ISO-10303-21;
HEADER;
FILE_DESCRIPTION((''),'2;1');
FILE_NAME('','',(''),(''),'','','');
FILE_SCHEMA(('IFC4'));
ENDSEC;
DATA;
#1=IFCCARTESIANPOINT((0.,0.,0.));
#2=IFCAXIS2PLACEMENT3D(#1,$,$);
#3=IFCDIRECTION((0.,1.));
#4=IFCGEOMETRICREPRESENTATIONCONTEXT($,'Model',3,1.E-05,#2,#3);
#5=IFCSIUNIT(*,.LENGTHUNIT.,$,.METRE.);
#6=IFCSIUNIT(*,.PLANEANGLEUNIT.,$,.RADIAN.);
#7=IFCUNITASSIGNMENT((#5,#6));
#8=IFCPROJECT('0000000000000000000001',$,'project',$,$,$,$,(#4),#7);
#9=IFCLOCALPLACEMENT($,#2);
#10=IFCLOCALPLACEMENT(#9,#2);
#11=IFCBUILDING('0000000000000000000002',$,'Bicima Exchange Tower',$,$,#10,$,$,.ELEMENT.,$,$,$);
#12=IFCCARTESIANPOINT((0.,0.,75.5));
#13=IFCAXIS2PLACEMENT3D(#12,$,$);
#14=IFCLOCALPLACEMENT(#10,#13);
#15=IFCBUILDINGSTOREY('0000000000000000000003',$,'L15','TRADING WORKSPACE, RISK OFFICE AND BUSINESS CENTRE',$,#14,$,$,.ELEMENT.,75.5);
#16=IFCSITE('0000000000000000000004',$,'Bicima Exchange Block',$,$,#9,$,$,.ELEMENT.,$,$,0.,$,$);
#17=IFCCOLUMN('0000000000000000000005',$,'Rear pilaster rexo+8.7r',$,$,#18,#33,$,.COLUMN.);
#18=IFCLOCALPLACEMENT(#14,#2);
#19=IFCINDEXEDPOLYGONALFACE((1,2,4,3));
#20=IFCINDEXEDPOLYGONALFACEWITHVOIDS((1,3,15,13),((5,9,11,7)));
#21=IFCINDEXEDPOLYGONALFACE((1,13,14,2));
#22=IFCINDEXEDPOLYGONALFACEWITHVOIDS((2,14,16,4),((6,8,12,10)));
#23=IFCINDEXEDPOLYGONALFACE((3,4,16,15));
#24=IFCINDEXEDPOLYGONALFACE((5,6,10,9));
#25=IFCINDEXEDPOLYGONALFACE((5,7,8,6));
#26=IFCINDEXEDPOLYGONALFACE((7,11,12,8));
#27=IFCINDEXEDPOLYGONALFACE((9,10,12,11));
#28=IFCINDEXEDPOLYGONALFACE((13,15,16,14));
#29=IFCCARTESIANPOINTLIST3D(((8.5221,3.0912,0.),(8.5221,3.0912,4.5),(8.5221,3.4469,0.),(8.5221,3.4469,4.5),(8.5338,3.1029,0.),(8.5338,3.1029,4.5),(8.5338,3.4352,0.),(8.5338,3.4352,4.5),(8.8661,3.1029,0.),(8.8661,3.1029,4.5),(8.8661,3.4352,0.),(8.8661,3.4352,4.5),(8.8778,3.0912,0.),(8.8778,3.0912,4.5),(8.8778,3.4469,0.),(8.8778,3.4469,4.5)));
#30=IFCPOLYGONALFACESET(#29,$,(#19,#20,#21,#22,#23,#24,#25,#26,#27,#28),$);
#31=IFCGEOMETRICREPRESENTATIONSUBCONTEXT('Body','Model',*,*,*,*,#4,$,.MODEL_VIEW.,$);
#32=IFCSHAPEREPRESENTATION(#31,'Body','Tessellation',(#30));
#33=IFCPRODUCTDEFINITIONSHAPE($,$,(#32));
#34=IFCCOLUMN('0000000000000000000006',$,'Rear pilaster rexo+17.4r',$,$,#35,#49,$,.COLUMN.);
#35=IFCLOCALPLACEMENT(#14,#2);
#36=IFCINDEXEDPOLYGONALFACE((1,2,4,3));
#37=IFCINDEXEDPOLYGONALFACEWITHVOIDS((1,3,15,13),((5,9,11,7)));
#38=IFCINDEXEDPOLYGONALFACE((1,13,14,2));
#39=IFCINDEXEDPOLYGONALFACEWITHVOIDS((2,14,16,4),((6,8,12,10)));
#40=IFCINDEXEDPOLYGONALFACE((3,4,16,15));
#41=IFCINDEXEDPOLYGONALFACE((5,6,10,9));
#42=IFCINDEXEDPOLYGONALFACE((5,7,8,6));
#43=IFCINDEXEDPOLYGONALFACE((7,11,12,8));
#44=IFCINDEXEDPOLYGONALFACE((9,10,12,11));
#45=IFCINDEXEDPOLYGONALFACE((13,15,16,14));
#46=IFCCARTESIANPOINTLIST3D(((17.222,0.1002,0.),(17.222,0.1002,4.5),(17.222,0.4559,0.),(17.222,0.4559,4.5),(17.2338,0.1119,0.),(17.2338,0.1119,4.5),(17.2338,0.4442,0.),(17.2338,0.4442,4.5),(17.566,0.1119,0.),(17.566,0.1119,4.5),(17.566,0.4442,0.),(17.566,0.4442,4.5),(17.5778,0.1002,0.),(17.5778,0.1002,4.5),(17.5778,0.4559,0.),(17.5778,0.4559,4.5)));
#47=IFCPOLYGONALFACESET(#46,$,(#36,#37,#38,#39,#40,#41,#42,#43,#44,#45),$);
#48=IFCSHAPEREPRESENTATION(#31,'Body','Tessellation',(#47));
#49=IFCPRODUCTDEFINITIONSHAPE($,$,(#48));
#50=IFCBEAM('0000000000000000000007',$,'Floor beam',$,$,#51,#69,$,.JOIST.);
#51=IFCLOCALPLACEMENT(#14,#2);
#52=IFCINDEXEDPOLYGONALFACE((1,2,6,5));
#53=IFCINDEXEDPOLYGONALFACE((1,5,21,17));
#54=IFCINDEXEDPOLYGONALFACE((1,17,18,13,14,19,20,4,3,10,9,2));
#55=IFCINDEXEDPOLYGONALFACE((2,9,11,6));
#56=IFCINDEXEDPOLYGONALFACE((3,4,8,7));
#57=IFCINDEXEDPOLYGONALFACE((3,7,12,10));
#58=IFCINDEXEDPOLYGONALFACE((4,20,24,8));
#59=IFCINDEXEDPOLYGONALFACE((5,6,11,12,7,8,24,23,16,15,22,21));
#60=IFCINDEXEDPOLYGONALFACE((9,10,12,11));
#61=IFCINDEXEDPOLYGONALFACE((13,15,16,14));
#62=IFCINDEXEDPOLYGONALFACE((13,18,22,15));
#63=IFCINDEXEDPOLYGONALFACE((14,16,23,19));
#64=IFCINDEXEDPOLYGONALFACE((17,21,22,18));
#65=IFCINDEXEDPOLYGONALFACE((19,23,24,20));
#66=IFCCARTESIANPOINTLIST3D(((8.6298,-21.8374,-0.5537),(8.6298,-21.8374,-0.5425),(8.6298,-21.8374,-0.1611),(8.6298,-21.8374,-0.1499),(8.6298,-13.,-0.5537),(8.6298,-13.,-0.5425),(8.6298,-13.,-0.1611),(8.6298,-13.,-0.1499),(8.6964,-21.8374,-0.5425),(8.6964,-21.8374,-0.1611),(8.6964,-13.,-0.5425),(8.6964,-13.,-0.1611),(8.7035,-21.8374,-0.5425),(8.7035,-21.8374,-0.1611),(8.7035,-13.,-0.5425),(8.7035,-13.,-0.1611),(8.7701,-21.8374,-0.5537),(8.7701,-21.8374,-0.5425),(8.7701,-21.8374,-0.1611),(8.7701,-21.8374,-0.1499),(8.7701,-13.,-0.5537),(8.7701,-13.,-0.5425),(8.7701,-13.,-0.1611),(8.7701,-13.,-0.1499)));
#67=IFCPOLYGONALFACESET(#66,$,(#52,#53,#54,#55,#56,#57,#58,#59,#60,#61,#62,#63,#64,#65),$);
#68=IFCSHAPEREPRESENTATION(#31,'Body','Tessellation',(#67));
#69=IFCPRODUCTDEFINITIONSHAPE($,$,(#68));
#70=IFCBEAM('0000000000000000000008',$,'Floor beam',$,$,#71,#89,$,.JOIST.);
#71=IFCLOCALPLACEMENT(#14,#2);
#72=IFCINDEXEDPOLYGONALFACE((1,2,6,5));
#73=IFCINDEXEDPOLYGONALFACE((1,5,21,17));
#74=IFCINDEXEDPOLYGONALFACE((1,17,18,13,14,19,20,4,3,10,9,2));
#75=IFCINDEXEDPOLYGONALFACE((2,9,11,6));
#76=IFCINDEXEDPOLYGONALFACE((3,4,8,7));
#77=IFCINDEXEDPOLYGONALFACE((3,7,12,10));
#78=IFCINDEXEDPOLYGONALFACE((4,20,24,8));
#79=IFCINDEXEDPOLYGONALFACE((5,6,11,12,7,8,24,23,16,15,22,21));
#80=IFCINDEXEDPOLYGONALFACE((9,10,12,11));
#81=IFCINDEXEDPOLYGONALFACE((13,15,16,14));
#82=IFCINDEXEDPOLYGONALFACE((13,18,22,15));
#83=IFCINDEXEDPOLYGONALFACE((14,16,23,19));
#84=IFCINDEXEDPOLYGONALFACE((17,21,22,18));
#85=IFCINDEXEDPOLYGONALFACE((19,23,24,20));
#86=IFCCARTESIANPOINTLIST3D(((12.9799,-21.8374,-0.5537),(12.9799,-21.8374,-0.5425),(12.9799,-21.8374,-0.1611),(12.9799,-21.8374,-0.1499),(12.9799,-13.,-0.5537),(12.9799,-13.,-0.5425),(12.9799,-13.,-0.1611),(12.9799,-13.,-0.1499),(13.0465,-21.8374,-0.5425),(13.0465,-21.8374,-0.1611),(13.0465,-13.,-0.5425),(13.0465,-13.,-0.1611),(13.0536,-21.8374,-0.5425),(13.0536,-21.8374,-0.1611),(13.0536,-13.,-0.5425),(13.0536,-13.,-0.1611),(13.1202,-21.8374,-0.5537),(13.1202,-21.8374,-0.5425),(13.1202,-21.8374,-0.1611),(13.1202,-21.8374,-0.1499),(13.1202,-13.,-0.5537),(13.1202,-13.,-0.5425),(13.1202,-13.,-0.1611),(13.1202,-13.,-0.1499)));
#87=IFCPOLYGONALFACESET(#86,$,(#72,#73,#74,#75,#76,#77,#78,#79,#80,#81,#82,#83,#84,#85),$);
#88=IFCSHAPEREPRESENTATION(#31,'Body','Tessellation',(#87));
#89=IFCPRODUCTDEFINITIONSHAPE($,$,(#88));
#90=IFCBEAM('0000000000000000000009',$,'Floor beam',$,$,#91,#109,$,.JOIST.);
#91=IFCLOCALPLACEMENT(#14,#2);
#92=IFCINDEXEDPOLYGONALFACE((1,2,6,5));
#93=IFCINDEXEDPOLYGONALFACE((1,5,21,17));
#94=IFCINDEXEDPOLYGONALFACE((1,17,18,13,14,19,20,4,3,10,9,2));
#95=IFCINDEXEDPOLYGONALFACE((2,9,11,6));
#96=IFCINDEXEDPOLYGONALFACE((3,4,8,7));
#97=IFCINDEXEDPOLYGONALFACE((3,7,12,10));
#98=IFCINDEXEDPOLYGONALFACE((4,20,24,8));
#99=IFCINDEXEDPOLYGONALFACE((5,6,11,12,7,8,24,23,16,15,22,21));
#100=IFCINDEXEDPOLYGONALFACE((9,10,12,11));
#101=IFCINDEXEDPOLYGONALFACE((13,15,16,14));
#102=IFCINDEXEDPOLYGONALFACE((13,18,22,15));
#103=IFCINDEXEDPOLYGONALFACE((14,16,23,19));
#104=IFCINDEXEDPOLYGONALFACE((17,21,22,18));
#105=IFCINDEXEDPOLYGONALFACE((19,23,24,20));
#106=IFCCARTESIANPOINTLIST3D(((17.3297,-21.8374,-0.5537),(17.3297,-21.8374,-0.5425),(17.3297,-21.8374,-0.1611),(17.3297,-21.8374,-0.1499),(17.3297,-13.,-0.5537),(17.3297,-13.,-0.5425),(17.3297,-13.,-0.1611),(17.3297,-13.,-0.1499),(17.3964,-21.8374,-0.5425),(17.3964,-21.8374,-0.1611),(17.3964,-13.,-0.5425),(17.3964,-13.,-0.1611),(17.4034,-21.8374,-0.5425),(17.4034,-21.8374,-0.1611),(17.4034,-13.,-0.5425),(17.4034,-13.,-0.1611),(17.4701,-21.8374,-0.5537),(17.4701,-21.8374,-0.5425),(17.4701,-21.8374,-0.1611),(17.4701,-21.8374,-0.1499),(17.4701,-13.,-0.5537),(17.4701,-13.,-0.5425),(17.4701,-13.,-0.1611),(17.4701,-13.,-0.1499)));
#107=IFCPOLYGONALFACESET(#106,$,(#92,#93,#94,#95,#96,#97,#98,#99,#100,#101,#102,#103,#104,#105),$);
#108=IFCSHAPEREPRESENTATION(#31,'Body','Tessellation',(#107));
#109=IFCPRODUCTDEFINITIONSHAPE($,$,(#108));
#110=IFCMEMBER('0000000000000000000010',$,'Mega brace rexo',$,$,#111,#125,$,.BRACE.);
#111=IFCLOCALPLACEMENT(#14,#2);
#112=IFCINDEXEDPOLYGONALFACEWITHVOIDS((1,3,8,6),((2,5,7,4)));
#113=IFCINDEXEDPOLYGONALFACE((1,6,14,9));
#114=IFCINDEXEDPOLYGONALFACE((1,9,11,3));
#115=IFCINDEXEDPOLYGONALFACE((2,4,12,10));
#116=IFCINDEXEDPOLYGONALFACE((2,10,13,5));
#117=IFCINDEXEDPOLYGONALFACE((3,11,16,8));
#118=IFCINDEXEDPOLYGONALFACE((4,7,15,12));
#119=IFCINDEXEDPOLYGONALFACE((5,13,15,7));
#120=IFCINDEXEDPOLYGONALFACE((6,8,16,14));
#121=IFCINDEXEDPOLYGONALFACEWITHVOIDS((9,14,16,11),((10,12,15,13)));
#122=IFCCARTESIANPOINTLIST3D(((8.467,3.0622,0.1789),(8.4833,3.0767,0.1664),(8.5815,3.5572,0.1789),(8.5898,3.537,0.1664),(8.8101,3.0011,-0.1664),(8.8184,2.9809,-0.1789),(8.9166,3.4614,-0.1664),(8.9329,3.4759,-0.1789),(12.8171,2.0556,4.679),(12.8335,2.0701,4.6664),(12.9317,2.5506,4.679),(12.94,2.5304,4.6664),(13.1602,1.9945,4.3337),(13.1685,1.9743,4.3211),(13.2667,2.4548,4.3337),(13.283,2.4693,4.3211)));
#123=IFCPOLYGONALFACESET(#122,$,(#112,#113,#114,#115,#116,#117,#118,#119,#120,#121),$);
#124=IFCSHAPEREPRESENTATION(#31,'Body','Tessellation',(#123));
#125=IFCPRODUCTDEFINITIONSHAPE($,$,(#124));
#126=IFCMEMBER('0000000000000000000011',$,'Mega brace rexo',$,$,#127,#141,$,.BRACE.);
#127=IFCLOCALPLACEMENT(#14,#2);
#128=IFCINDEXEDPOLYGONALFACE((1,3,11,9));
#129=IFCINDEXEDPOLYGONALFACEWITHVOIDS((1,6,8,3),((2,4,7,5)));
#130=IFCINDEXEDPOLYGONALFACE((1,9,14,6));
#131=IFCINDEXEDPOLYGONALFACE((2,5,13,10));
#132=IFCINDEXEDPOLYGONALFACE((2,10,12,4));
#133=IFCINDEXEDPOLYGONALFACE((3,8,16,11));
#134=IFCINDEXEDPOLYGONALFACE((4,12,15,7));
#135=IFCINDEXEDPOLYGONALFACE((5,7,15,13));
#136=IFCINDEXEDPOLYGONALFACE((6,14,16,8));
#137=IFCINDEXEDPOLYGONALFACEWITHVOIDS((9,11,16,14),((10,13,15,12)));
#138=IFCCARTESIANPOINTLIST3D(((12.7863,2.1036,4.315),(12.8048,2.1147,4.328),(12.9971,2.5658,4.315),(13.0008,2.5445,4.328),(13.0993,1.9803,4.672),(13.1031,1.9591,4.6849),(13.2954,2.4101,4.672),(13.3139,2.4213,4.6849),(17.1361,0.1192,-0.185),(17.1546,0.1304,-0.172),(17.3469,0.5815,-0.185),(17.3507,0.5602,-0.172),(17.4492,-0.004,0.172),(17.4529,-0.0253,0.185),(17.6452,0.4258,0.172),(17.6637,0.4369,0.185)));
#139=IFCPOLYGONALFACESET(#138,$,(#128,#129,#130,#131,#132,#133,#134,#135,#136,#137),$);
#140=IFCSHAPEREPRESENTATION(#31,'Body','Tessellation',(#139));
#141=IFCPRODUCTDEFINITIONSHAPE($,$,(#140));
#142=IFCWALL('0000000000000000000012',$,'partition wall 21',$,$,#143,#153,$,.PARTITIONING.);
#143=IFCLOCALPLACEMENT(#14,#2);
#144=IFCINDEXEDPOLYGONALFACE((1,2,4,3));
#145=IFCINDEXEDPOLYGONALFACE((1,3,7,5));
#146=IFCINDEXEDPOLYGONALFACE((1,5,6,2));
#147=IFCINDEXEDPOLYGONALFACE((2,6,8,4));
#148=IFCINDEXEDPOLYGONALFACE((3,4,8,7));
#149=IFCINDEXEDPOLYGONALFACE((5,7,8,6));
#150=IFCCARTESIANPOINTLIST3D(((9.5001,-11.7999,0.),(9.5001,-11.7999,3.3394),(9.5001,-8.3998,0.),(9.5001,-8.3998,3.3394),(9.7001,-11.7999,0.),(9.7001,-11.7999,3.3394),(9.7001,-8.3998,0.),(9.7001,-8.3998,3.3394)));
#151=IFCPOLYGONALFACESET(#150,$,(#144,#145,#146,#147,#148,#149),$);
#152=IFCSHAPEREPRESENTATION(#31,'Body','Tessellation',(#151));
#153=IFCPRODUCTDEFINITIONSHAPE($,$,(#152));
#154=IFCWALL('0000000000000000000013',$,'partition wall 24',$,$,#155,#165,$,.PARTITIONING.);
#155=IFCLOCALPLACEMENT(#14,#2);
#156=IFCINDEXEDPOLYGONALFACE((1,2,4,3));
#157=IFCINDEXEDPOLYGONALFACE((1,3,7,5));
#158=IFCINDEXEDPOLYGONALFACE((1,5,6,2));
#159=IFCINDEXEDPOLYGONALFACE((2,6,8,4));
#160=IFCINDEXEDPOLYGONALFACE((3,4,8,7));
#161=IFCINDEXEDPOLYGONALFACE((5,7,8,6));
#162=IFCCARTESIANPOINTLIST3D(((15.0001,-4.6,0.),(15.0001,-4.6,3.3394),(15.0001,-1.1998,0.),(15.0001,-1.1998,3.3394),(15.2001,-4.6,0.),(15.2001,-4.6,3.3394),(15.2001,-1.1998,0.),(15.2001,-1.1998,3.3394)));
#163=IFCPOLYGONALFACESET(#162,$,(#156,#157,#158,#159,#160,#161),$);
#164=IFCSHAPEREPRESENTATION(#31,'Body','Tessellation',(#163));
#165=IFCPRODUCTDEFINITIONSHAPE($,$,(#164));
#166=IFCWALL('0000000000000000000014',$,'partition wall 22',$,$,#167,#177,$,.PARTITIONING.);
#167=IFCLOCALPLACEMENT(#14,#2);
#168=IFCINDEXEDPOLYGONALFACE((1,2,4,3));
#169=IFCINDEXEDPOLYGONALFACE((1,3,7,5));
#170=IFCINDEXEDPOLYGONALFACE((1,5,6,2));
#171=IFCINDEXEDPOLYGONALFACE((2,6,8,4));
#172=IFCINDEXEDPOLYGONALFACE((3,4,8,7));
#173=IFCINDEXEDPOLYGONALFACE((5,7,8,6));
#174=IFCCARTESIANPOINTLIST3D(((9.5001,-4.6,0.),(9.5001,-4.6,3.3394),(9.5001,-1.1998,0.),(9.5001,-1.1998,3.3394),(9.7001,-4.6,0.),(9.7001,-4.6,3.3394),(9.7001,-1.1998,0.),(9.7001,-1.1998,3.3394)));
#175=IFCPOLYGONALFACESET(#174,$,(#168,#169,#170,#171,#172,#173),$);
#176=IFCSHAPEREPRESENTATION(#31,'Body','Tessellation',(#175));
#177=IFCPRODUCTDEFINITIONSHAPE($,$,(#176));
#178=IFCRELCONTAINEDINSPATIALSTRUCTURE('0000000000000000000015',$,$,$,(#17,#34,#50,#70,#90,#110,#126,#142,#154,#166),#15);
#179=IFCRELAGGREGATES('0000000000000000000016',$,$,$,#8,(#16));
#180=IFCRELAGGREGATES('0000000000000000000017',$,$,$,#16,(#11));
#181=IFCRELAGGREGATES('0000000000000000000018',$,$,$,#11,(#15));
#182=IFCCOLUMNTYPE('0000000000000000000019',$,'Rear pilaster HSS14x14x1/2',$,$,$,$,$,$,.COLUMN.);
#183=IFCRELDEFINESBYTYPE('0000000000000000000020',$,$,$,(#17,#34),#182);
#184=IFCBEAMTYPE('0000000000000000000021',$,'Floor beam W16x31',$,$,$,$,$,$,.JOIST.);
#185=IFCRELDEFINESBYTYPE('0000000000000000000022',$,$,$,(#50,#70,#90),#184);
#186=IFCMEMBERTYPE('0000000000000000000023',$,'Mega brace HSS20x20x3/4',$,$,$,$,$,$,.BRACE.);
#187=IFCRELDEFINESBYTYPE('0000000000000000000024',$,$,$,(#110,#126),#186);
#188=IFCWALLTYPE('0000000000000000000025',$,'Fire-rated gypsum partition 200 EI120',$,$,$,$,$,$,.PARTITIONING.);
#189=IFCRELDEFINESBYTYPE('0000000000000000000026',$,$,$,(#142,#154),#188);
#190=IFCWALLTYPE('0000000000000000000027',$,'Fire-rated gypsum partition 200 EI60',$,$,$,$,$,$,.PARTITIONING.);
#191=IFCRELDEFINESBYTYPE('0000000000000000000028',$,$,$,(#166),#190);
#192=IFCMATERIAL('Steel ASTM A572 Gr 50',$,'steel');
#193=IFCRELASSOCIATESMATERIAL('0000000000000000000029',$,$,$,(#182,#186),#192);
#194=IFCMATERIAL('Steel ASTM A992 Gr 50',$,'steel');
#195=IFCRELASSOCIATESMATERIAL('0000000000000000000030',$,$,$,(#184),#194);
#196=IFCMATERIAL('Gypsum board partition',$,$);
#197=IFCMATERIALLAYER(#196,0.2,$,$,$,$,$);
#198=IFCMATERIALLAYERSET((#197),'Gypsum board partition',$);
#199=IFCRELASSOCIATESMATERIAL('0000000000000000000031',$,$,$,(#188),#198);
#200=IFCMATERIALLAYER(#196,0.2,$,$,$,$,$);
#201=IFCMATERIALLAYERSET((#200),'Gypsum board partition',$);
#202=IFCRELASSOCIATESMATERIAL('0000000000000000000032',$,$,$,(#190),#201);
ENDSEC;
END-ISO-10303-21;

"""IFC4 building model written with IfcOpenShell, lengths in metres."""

from ifc_helpers import new_model, si_unit, direction, frame, frame_2d, origin, origin_2d, place, context, subcontext, project, spatial, rectangle, hollow_rectangle, i_section, extrude, material, layer, layer_set, material_profile, profile_set, type_object, element, save


model = new_model("IFC4")

# Units and contexts
model_context = context("Model", 3, precision=1e-05, world=origin(), true_north=direction((0.0, 1.0)))
body_context = subcontext(model_context, "Body", "Model", "MODEL_VIEW")
ifc_project = project(units=[si_unit("LENGTHUNIT", "METRE"), si_unit("PLANEANGLEUNIT", "RADIAN")], contexts=[model_context])

# Site, building, storey
site_placement = place(None, origin())
site = spatial("IfcSite", under=ifc_project, at=site_placement, Name="Bicima Exchange Block", CompositionType="ELEMENT", RefElevation=0.0)
building_placement = place(site_placement, origin())
building = spatial("IfcBuilding", under=site, at=building_placement, Name="Bicima Exchange Tower", CompositionType="ELEMENT")
storey_placement = place(building_placement, frame((0.0, 0.0, 75.5)))
storey = spatial("IfcBuildingStorey", under=building, at=storey_placement, Name="L15", Description="TRADING WORKSPACE, RISK OFFICE AND BUSINESS CENTRE", CompositionType="ELEMENT", Elevation=75.5)

# Columns
ifc_material_1 = material(Name="Steel ASTM A572 Gr 50", Category="steel")
ifc_material_profile_1 = material_profile(ifc_material_1, hollow_rectangle(XDim=0.3557, YDim=0.3557, WallThickness=0.0117, at=origin_2d()))
ifc_profile_set_1 = profile_set([ifc_material_profile_1], Name="Steel ASTM A572 Gr 50")
column_type = type_object("IfcColumnType", Name="Rear pilaster HSS14x14x1/2", PredefinedType="COLUMN", material=ifc_profile_set_1)
for number, where, z_axis, x_axis, name in (
    (1, (8.7, 3.269, 0.0), (0.0, 0.0, 1.0), (1.0, 0.0, 0.0), "Rear pilaster rexo+8.7r"),
    (2, (17.3999, 0.2781, 0.0), (0.0, 0.0, 1.0), (1.0, 0.0, 0.0), "Rear pilaster rexo+17.4r"),
):
    element("IfcColumn", number, at=place(storey_placement, frame(where, z_axis=z_axis, x_axis=x_axis)), inside=storey, type_object=column_type, Name=name, PredefinedType="COLUMN", context=body_context, shape_type="SweptSolid", body=[
        extrude(hollow_rectangle(XDim=0.3557, YDim=0.3557, WallThickness=0.0117, at=origin_2d()), origin(), (0.0, 0.0, 1.0), 4.5),
    ])

# Beams
ifc_material_2 = material(Name="Steel ASTM A992 Gr 50", Category="steel")
ifc_material_profile_2 = material_profile(ifc_material_2, i_section(OverallWidth=0.1404, OverallDepth=0.4038, WebThickness=0.0071, FlangeThickness=0.0112, at=origin_2d()))
ifc_profile_set_2 = profile_set([ifc_material_profile_2], Name="Steel ASTM A992 Gr 50")
beam_type = type_object("IfcBeamType", Name="Floor beam W16x31", PredefinedType="JOIST", material=ifc_profile_set_2)
for number, where, z_axis, x_axis, name in (
    (3, (8.7, -13.0, -0.3518), (0.0, -1.0, 0.0), (1.0, 0.0, 0.0), "Floor beam"),
    (4, (13.05, -13.0, -0.3518), (0.0, -1.0, 0.0), (1.0, 0.0, 0.0), "Floor beam"),
    (5, (17.3999, -13.0, -0.3518), (0.0, -1.0, 0.0), (1.0, 0.0, 0.0), "Floor beam"),
):
    element("IfcBeam", number, at=place(storey_placement, frame(where, z_axis=z_axis, x_axis=x_axis)), inside=storey, type_object=beam_type, Name=name, PredefinedType="JOIST", context=body_context, shape_type="SweptSolid", body=[
        extrude(i_section(OverallWidth=0.1404, OverallDepth=0.4038, WebThickness=0.0071, FlangeThickness=0.0112, at=origin_2d()), origin(), (0.0, 0.0, 1.0), 8.8374),
    ])

# Members
ifc_material_profile_3 = material_profile(ifc_material_1, hollow_rectangle(XDim=0.5081, YDim=0.5081, WallThickness=0.0178, at=origin_2d()))
ifc_profile_set_3 = profile_set([ifc_material_profile_3], Name="Steel ASTM A572 Gr 50")
member_type = type_object("IfcMemberType", Name="Mega brace HSS20x20x3/4", PredefinedType="BRACE", material=ifc_profile_set_3)
member_1_placement = place(storey_placement, frame((8.7, 3.269, 0.0), z_axis=(0.686212, -0.158786, 0.709859), x_axis=(0.225439, 0.974257, 0.0)))
element("IfcMember", 6, at=member_1_placement, inside=storey, type_object=member_type, Name="Mega brace rexo", PredefinedType="BRACE", context=body_context, shape_type="SweptSolid", body=[
    extrude(hollow_rectangle(XDim=0.5081, YDim=0.5081, WallThickness=0.0178, at=origin_2d()), origin(), (0.0, 0.0, 1.0), 6.3394),
])
member_2_placement = place(storey_placement, frame((17.3999, 0.2781, 0.0), z_axis=(-0.662508, 0.302232, 0.685376), x_axis=(-0.415045, -0.909801, 0.0)))
element("IfcMember", 7, at=member_2_placement, inside=storey, type_object=member_type, Name="Mega brace rexo", PredefinedType="BRACE", context=body_context, shape_type="SweptSolid", body=[
    extrude(hollow_rectangle(XDim=0.5081, YDim=0.5081, WallThickness=0.0178, at=origin_2d()), origin(), (0.0, 0.0, 1.0), 6.5657),
])

# Walls
ifc_material_3 = material(Name="Gypsum board partition")
ifc_layer_1 = layer(ifc_material_3, 0.2)
ifc_layer_set_1 = layer_set([ifc_layer_1], Name="Gypsum board partition")
wall_type_1 = type_object("IfcWallType", Name="Fire-rated gypsum partition 200 EI120", PredefinedType="PARTITIONING", material=ifc_layer_set_1)
for number, where, z_axis, x_axis, name in (
    (8, (9.6001, -11.8, 0.0), (0.0, 0.0, 1.0), (0.0, 1.0, 0.0), "partition wall 21"),
    (9, (15.1001, -4.6001, 0.0), (0.0, 0.0, 1.0), (0.0, 1.0, 0.0), "partition wall 24"),
):
    element("IfcWall", number, at=place(storey_placement, frame(where, z_axis=z_axis, x_axis=x_axis)), inside=storey, type_object=wall_type_1, Name=name, PredefinedType="PARTITIONING", context=body_context, shape_type="SweptSolid", body=[
        extrude(rectangle(XDim=3.4001, YDim=0.2, at=frame_2d((1.7002, 0.0))), origin(), (0.0, 0.0, 1.0), 3.3394),
    ])
ifc_layer_2 = layer(ifc_material_3, 0.2)
ifc_layer_set_2 = layer_set([ifc_layer_2], Name="Gypsum board partition")
wall_type_2 = type_object("IfcWallType", Name="Fire-rated gypsum partition 200 EI60", PredefinedType="PARTITIONING", material=ifc_layer_set_2)
wall_1_placement = place(storey_placement, frame((9.6001, -4.6001, 0.0), z_axis=(0.0, 0.0, 1.0), x_axis=(0.0, 1.0, 0.0)))
element("IfcWall", 10, at=wall_1_placement, inside=storey, type_object=wall_type_2, Name="partition wall 22", PredefinedType="PARTITIONING", context=body_context, shape_type="SweptSolid", body=[
    extrude(rectangle(XDim=3.4001, YDim=0.2, at=frame_2d((1.7002, 0.0))), origin(), (0.0, 0.0, 1.0), 3.3394),
])

save(model, "model.ifc")
